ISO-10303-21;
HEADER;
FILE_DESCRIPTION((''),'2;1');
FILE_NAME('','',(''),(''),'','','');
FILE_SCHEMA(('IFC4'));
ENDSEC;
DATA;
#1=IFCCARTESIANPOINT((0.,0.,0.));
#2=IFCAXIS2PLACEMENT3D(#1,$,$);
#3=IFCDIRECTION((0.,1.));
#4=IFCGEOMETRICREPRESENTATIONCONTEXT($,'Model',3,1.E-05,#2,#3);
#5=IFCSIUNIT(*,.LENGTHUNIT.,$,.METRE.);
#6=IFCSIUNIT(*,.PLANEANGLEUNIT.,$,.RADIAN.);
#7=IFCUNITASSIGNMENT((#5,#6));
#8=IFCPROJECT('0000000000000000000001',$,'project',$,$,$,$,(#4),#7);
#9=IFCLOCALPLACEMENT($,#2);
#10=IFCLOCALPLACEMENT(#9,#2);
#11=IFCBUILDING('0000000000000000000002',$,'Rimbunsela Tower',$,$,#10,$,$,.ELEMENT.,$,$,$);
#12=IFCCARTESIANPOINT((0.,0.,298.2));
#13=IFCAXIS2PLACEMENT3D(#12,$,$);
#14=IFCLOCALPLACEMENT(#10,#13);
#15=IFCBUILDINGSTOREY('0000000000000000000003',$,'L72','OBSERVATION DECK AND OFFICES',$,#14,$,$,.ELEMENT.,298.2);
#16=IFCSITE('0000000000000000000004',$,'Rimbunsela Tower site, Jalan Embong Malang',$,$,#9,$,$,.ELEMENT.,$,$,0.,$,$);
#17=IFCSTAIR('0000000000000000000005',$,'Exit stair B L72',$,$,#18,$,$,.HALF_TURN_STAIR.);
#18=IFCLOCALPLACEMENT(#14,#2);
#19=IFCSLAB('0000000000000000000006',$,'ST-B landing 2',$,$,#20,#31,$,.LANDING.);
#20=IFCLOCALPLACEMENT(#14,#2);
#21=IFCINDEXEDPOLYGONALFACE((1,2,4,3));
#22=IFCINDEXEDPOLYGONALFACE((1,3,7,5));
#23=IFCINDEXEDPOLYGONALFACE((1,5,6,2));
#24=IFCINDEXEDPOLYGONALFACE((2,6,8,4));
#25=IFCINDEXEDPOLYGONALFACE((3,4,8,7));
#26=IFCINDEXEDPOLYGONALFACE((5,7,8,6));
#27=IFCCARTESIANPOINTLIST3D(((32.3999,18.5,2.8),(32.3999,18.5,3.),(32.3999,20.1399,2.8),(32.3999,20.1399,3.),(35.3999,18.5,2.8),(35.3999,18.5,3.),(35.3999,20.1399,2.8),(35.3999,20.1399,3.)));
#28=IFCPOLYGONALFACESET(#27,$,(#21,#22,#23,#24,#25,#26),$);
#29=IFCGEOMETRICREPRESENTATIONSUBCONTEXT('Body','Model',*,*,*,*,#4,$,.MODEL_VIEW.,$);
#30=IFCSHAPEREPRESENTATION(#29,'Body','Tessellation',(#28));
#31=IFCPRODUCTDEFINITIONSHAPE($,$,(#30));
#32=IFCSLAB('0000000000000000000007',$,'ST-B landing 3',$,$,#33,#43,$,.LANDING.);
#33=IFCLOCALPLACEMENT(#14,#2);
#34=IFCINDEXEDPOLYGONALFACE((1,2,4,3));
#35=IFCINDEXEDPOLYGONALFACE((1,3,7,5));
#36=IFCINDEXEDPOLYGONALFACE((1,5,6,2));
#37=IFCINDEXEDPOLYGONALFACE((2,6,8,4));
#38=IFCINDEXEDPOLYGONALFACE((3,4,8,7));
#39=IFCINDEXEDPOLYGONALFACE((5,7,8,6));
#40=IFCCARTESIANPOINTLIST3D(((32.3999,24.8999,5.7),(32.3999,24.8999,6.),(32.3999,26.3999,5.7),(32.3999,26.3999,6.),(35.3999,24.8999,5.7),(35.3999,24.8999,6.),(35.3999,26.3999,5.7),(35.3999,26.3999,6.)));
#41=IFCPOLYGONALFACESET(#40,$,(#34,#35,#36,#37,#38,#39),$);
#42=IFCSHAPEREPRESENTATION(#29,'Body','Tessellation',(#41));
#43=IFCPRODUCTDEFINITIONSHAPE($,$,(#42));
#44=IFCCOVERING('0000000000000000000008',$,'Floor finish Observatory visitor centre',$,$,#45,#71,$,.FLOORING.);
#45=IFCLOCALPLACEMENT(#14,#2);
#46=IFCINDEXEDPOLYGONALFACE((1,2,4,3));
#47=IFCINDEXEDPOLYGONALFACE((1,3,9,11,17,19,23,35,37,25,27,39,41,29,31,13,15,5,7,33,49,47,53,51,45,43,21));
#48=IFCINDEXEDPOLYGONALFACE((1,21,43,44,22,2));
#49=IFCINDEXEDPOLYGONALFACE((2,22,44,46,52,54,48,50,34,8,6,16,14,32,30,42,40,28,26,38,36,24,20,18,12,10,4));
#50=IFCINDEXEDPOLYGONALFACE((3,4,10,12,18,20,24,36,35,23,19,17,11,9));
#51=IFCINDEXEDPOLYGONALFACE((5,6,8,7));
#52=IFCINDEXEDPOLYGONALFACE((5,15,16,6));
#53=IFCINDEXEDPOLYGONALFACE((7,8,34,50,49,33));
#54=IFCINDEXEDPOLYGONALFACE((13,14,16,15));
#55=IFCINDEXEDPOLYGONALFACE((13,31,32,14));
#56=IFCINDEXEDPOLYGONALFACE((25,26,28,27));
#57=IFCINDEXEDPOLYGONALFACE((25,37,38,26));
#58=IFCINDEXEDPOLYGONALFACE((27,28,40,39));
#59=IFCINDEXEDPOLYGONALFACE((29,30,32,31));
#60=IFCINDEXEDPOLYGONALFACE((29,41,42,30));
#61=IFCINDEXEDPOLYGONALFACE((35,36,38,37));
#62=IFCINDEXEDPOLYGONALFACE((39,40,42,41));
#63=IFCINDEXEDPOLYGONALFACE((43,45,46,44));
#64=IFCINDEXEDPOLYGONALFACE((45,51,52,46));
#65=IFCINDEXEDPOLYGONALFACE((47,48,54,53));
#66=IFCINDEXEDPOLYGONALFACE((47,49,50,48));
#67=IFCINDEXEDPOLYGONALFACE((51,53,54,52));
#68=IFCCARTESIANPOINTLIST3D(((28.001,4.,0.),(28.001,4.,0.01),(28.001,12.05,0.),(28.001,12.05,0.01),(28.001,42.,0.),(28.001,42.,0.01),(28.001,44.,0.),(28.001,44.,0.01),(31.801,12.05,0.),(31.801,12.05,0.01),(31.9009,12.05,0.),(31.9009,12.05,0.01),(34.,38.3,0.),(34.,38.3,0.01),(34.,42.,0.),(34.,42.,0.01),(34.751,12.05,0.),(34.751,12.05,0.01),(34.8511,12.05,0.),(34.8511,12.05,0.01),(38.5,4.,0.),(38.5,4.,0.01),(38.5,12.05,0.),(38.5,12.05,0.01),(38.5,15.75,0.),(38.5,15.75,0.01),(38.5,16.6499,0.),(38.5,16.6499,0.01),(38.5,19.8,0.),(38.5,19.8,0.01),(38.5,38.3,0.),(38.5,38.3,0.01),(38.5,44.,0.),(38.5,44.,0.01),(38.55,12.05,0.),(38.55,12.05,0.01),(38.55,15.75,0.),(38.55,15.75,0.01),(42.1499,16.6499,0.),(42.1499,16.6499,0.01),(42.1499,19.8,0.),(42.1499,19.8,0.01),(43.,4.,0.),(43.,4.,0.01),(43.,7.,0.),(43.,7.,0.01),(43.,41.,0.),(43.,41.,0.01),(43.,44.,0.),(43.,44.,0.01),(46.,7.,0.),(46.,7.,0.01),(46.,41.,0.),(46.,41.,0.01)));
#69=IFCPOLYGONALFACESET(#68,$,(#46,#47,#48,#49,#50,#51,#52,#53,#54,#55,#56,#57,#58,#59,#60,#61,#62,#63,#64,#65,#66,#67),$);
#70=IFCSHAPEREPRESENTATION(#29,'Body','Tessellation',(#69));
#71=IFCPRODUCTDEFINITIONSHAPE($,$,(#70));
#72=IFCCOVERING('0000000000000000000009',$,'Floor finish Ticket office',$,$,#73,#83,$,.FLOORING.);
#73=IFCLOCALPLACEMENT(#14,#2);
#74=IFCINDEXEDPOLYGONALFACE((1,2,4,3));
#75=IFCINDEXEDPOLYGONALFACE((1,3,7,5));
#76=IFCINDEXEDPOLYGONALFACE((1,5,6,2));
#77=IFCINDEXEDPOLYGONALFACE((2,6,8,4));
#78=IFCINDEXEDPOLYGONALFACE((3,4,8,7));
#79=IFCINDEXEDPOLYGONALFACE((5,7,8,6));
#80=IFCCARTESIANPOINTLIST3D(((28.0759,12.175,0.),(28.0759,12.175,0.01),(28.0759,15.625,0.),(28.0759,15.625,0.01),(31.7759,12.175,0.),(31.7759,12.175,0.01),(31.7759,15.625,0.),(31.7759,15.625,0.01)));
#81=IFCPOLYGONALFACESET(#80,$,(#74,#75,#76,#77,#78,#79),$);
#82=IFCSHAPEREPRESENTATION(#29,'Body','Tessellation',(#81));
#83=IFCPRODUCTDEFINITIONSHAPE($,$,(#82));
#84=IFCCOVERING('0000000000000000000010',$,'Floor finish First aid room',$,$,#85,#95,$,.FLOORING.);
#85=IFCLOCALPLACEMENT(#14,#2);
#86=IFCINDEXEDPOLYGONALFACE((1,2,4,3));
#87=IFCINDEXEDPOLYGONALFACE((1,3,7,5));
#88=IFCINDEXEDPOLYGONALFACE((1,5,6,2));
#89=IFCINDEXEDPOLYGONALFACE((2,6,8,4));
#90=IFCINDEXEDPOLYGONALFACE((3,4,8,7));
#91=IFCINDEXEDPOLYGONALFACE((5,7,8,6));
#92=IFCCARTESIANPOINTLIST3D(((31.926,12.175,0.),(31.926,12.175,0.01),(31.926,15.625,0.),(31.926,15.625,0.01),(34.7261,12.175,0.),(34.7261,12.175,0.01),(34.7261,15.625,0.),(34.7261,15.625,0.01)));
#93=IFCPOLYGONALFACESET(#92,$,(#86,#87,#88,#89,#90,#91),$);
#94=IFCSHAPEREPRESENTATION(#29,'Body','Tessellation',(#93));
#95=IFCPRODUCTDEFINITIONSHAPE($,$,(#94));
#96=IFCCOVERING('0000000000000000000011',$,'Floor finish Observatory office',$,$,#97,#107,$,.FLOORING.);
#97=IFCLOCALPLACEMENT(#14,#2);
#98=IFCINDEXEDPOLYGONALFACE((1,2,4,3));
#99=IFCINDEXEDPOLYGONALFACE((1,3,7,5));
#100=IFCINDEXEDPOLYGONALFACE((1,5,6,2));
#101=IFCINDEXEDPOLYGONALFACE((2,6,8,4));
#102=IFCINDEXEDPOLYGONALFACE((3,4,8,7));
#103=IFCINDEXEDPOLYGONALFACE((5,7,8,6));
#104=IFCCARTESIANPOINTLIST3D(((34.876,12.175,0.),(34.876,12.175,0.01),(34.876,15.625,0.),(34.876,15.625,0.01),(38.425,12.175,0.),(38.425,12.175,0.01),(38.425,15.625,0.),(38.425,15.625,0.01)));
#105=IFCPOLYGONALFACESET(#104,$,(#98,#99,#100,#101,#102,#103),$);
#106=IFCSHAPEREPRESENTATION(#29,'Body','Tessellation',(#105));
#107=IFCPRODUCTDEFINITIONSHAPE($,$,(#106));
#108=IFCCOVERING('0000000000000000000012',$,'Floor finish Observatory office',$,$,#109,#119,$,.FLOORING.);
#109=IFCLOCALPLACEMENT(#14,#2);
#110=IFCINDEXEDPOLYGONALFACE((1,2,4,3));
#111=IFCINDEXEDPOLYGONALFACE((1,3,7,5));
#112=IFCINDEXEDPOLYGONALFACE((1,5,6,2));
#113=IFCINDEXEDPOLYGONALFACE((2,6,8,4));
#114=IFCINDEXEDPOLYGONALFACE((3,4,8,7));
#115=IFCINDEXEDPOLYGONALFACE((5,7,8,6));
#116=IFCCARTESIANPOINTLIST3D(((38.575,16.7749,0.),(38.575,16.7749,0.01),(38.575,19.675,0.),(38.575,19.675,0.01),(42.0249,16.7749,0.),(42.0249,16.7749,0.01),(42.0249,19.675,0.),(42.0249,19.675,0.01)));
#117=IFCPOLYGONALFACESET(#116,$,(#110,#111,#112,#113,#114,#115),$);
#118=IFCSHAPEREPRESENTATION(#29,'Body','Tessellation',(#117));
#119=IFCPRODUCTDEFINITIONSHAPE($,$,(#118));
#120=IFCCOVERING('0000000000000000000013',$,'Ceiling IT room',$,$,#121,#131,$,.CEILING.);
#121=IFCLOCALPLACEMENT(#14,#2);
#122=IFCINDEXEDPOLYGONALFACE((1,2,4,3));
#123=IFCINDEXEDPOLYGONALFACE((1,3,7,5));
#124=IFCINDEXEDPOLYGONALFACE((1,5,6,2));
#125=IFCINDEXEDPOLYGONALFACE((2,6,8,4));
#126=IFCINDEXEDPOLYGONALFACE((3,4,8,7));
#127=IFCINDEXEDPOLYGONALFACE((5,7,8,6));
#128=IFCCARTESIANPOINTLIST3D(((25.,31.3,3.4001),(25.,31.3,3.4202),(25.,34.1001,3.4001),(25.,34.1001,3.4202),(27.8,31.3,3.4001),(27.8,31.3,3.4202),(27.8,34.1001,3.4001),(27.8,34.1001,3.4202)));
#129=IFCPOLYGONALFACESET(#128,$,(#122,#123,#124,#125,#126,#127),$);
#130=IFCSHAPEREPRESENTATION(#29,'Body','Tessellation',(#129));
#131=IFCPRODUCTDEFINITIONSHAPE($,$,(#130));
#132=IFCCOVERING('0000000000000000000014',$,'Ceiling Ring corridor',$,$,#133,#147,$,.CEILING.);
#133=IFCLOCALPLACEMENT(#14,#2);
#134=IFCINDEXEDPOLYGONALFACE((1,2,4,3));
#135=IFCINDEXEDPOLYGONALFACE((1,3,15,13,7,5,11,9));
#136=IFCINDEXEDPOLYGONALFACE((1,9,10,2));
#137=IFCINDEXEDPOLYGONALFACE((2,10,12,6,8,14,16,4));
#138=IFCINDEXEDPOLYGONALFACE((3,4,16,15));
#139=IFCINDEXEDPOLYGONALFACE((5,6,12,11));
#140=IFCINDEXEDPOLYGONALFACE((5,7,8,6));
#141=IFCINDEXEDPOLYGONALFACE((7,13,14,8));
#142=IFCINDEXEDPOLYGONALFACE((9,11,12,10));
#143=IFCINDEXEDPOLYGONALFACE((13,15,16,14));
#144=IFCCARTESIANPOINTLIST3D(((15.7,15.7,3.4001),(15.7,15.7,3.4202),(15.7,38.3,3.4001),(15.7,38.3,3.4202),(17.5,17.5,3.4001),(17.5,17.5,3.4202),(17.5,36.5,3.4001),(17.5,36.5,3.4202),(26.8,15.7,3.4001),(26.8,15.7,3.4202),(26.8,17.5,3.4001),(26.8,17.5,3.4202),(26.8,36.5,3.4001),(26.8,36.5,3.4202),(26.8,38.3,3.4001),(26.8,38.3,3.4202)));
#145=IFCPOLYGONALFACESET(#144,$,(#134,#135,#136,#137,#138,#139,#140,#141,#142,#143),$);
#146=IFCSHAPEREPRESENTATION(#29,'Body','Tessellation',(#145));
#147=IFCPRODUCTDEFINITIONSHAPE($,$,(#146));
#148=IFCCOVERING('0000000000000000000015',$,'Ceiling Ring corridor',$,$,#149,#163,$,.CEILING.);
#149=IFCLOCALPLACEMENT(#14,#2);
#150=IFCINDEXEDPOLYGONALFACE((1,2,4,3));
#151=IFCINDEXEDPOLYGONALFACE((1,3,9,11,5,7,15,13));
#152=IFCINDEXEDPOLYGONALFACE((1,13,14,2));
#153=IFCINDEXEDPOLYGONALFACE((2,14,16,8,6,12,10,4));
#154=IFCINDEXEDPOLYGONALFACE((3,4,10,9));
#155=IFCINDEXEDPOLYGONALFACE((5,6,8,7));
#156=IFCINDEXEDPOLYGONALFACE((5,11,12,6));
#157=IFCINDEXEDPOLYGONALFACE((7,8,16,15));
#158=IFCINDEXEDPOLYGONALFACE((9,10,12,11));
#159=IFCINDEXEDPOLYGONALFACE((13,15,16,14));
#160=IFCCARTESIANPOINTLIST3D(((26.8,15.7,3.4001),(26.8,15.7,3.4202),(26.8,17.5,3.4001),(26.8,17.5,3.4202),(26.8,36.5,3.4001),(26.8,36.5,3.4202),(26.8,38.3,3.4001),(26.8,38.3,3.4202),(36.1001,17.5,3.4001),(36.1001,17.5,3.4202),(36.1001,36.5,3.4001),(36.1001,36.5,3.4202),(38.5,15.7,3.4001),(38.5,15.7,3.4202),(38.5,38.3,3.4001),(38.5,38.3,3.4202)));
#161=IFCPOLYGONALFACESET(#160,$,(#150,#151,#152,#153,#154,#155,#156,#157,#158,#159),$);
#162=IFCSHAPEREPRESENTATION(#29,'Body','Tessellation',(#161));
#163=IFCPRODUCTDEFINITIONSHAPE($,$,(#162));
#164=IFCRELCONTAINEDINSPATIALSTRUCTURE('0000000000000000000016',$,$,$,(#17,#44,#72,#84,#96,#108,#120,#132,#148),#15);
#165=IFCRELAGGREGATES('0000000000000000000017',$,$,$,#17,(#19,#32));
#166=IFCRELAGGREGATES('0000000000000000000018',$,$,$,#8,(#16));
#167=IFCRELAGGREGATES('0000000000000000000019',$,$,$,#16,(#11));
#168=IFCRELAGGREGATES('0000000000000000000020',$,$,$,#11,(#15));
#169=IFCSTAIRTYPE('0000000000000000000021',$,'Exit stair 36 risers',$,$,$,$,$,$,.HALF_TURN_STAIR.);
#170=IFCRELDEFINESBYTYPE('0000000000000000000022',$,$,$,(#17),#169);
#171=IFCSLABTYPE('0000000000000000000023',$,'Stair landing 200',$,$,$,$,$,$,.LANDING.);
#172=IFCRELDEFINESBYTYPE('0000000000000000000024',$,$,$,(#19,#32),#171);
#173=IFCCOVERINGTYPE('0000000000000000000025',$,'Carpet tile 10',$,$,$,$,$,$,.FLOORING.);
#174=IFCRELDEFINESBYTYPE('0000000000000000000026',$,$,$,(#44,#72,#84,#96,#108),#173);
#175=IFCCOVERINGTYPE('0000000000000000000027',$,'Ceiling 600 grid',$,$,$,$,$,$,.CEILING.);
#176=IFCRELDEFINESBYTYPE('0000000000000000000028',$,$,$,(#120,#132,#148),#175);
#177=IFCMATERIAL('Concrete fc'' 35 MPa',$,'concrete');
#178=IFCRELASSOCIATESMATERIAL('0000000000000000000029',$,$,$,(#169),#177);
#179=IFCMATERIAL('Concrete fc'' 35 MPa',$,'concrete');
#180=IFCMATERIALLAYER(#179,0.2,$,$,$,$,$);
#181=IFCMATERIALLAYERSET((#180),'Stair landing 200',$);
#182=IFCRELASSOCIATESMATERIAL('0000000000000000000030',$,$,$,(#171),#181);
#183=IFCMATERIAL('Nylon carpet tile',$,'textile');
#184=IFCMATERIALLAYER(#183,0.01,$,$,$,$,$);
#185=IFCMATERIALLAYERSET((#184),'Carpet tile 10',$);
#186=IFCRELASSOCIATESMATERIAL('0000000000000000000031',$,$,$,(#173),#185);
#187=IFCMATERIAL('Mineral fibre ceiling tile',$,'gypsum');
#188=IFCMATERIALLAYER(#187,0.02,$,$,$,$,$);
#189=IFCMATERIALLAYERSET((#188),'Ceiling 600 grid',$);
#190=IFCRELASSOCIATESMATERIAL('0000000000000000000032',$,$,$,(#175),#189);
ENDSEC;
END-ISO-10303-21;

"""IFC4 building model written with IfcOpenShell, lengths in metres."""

from ifc_helpers import new_model, si_unit, direction, frame, origin, place, context, subcontext, project, spatial, polyline, outline, extrude, material, layer, layer_set, type_object, element, aggregate, save


model = new_model("IFC4")

# Units and contexts
model_context = context("Model", 3, precision=1e-05, world=origin(), true_north=direction((0.0, 1.0)))
body_context = subcontext(model_context, "Body", "Model", "MODEL_VIEW")
ifc_project = project(units=[si_unit("LENGTHUNIT", "METRE"), si_unit("PLANEANGLEUNIT", "RADIAN")], contexts=[model_context])

# Site, building, storey
site_placement = place(None, origin())
site = spatial("IfcSite", under=ifc_project, at=site_placement, Name="Rimbunsela Tower site, Jalan Embong Malang", CompositionType="ELEMENT", RefElevation=0.0)
building_placement = place(site_placement, origin())
building = spatial("IfcBuilding", under=site, at=building_placement, Name="Rimbunsela Tower", CompositionType="ELEMENT")
storey_placement = place(building_placement, frame((0.0, 0.0, 298.2)))
storey = spatial("IfcBuildingStorey", under=building, at=storey_placement, Name="L72", Description="OBSERVATION DECK AND OFFICES", CompositionType="ELEMENT", Elevation=298.2)

# Stair, slabs
ifc_material_1 = material(Name="Concrete fc' 35 MPa", Category="concrete")
stair_type = type_object("IfcStairType", Name="Exit stair 36 risers", PredefinedType="HALF_TURN_STAIR", material=ifc_material_1)
ifc_material_2 = material(Name="Concrete fc' 35 MPa", Category="concrete")
ifc_layer_1 = layer(ifc_material_2, 0.2)
ifc_layer_set_1 = layer_set([ifc_layer_1], Name="Stair landing 200")
slab_type_1 = type_object("IfcSlabType", Name="Stair landing 200", PredefinedType="LANDING", material=ifc_layer_set_1)
stair_1_placement = place(storey_placement, origin())
stair_1 = element("IfcStair", 1, at=stair_1_placement, inside=storey, type_object=stair_type, Name="Exit stair B L72", PredefinedType="HALF_TURN_STAIR")
slab_1_placement = place(storey_placement, frame((0.0, 0.0, 2.8)))
slab_1 = element("IfcSlab", 2, at=slab_1_placement, type_object=slab_type_1, Name="ST-B landing 2", PredefinedType="LANDING", context=body_context, shape_type="SweptSolid", body=[
    extrude(outline(polyline([(32.3999, 18.5), (35.3999, 18.5), (35.3999, 20.1399), (32.3999, 20.1399), (32.3999, 18.5)])), origin(), (0.0, 0.0, 1.0), 0.2),
])
slab_2_placement = place(storey_placement, frame((0.0, 0.0, 5.7)))
slab_2 = element("IfcSlab", 3, at=slab_2_placement, type_object=slab_type_1, Name="ST-B landing 3", PredefinedType="LANDING", context=body_context, shape_type="SweptSolid", body=[
    extrude(outline(polyline([(32.3999, 24.8999), (35.3999, 24.8999), (35.3999, 26.3999), (32.3999, 26.3999), (32.3999, 24.8999)])), origin(), (0.0, 0.0, 1.0), 0.3),
])
aggregate(stair_1, [slab_1, slab_2])

# Coverings
ifc_material_3 = material(Name="Nylon carpet tile", Category="textile")
ifc_layer_2 = layer(ifc_material_3, 0.01)
ifc_layer_set_2 = layer_set([ifc_layer_2], Name="Carpet tile 10")
covering_type_1 = type_object("IfcCoveringType", Name="Carpet tile 10", PredefinedType="FLOORING", material=ifc_layer_set_2)
covering_1_placement = place(storey_placement, origin())
element("IfcCovering", 4, at=covering_1_placement, inside=storey, type_object=covering_type_1, Name="Floor finish Observatory visitor centre", PredefinedType="FLOORING", context=body_context, shape_type="SweptSolid", body=[
    extrude(outline(polyline([(28.001, 12.05), (31.801, 12.05), (31.9009, 12.05), (34.751, 12.05), (34.8511, 12.05), (38.5, 12.05), (38.55, 12.05), (38.55, 15.75), (38.5, 15.75), (38.5, 16.6499), (42.1499, 16.6499), (42.1499, 19.8), (38.5, 19.8), (38.5, 38.3), (34.0, 38.3), (34.0, 42.0), (28.001, 42.0), (28.001, 44.0), (38.5, 44.0), (43.0, 44.0), (43.0, 41.0), (46.0, 41.0), (46.0, 7.0), (43.0, 7.0), (43.0, 4.0), (38.5, 4.0), (28.001, 4.0), (28.001, 12.05)])), origin(), (0.0, 0.0, 1.0), 0.01),
])
covering_2_placement = place(storey_placement, origin())
element("IfcCovering", 5, at=covering_2_placement, inside=storey, type_object=covering_type_1, Name="Floor finish Ticket office", PredefinedType="FLOORING", context=body_context, shape_type="SweptSolid", body=[
    extrude(outline(polyline([(31.7759, 12.175), (31.7759, 15.625), (28.0759, 15.625), (28.0759, 12.175), (31.7759, 12.175)])), origin(), (0.0, 0.0, 1.0), 0.01),
])
covering_3_placement = place(storey_placement, origin())
element("IfcCovering", 6, at=covering_3_placement, inside=storey, type_object=covering_type_1, Name="Floor finish First aid room", PredefinedType="FLOORING", context=body_context, shape_type="SweptSolid", body=[
    extrude(outline(polyline([(34.7261, 12.175), (34.7261, 15.625), (31.926, 15.625), (31.926, 12.175), (34.7261, 12.175)])), origin(), (0.0, 0.0, 1.0), 0.01),
])
covering_4_placement = place(storey_placement, origin())
element("IfcCovering", 7, at=covering_4_placement, inside=storey, type_object=covering_type_1, Name="Floor finish Observatory office", PredefinedType="FLOORING", context=body_context, shape_type="SweptSolid", body=[
    extrude(outline(polyline([(38.425, 12.175), (38.425, 15.625), (34.876, 15.625), (34.876, 12.175), (38.425, 12.175)])), origin(), (0.0, 0.0, 1.0), 0.01),
])
covering_5_placement = place(storey_placement, origin())
element("IfcCovering", 8, at=covering_5_placement, inside=storey, type_object=covering_type_1, Name="Floor finish Observatory office", PredefinedType="FLOORING", context=body_context, shape_type="SweptSolid", body=[
    extrude(outline(polyline([(42.0249, 16.7749), (42.0249, 19.675), (38.575, 19.675), (38.575, 16.7749), (42.0249, 16.7749)])), origin(), (0.0, 0.0, 1.0), 0.01),
])
ifc_material_4 = material(Name="Mineral fibre ceiling tile", Category="gypsum")
ifc_layer_3 = layer(ifc_material_4, 0.02)
ifc_layer_set_3 = layer_set([ifc_layer_3], Name="Ceiling 600 grid")
covering_type_2 = type_object("IfcCoveringType", Name="Ceiling 600 grid", PredefinedType="CEILING", material=ifc_layer_set_3)
covering_6_placement = place(storey_placement, frame((0.0, 0.0, 3.4001)))
element("IfcCovering", 9, at=covering_6_placement, inside=storey, type_object=covering_type_2, Name="Ceiling IT room", PredefinedType="CEILING", context=body_context, shape_type="SweptSolid", body=[
    extrude(outline(polyline([(27.8, 31.3), (27.8, 34.1001), (25.0, 34.1001), (25.0, 31.3), (27.8, 31.3)])), origin(), (0.0, 0.0, 1.0), 0.02),
])
covering_7_placement = place(storey_placement, frame((0.0, 0.0, 3.4001)))
element("IfcCovering", 10, at=covering_7_placement, inside=storey, type_object=covering_type_2, Name="Ceiling Ring corridor", PredefinedType="CEILING", context=body_context, shape_type="SweptSolid", body=[
    extrude(outline(polyline([(15.7, 38.3), (26.8, 38.3), (26.8, 36.5), (17.5, 36.5), (17.5, 17.5), (26.8, 17.5), (26.8, 15.7), (15.7, 15.7), (15.7, 38.3)])), origin(), (0.0, 0.0, 1.0), 0.02),
])
covering_8_placement = place(storey_placement, frame((0.0, 0.0, 3.4001)))
element("IfcCovering", 11, at=covering_8_placement, inside=storey, type_object=covering_type_2, Name="Ceiling Ring corridor", PredefinedType="CEILING", context=body_context, shape_type="SweptSolid", body=[
    extrude(outline(polyline([(38.5, 38.3), (38.5, 15.7), (26.8, 15.7), (26.8, 17.5), (36.1001, 17.5), (36.1001, 36.5), (26.8, 36.5), (26.8, 38.3), (38.5, 38.3)])), origin(), (0.0, 0.0, 1.0), 0.02),
])

save(model, "model.ifc")
